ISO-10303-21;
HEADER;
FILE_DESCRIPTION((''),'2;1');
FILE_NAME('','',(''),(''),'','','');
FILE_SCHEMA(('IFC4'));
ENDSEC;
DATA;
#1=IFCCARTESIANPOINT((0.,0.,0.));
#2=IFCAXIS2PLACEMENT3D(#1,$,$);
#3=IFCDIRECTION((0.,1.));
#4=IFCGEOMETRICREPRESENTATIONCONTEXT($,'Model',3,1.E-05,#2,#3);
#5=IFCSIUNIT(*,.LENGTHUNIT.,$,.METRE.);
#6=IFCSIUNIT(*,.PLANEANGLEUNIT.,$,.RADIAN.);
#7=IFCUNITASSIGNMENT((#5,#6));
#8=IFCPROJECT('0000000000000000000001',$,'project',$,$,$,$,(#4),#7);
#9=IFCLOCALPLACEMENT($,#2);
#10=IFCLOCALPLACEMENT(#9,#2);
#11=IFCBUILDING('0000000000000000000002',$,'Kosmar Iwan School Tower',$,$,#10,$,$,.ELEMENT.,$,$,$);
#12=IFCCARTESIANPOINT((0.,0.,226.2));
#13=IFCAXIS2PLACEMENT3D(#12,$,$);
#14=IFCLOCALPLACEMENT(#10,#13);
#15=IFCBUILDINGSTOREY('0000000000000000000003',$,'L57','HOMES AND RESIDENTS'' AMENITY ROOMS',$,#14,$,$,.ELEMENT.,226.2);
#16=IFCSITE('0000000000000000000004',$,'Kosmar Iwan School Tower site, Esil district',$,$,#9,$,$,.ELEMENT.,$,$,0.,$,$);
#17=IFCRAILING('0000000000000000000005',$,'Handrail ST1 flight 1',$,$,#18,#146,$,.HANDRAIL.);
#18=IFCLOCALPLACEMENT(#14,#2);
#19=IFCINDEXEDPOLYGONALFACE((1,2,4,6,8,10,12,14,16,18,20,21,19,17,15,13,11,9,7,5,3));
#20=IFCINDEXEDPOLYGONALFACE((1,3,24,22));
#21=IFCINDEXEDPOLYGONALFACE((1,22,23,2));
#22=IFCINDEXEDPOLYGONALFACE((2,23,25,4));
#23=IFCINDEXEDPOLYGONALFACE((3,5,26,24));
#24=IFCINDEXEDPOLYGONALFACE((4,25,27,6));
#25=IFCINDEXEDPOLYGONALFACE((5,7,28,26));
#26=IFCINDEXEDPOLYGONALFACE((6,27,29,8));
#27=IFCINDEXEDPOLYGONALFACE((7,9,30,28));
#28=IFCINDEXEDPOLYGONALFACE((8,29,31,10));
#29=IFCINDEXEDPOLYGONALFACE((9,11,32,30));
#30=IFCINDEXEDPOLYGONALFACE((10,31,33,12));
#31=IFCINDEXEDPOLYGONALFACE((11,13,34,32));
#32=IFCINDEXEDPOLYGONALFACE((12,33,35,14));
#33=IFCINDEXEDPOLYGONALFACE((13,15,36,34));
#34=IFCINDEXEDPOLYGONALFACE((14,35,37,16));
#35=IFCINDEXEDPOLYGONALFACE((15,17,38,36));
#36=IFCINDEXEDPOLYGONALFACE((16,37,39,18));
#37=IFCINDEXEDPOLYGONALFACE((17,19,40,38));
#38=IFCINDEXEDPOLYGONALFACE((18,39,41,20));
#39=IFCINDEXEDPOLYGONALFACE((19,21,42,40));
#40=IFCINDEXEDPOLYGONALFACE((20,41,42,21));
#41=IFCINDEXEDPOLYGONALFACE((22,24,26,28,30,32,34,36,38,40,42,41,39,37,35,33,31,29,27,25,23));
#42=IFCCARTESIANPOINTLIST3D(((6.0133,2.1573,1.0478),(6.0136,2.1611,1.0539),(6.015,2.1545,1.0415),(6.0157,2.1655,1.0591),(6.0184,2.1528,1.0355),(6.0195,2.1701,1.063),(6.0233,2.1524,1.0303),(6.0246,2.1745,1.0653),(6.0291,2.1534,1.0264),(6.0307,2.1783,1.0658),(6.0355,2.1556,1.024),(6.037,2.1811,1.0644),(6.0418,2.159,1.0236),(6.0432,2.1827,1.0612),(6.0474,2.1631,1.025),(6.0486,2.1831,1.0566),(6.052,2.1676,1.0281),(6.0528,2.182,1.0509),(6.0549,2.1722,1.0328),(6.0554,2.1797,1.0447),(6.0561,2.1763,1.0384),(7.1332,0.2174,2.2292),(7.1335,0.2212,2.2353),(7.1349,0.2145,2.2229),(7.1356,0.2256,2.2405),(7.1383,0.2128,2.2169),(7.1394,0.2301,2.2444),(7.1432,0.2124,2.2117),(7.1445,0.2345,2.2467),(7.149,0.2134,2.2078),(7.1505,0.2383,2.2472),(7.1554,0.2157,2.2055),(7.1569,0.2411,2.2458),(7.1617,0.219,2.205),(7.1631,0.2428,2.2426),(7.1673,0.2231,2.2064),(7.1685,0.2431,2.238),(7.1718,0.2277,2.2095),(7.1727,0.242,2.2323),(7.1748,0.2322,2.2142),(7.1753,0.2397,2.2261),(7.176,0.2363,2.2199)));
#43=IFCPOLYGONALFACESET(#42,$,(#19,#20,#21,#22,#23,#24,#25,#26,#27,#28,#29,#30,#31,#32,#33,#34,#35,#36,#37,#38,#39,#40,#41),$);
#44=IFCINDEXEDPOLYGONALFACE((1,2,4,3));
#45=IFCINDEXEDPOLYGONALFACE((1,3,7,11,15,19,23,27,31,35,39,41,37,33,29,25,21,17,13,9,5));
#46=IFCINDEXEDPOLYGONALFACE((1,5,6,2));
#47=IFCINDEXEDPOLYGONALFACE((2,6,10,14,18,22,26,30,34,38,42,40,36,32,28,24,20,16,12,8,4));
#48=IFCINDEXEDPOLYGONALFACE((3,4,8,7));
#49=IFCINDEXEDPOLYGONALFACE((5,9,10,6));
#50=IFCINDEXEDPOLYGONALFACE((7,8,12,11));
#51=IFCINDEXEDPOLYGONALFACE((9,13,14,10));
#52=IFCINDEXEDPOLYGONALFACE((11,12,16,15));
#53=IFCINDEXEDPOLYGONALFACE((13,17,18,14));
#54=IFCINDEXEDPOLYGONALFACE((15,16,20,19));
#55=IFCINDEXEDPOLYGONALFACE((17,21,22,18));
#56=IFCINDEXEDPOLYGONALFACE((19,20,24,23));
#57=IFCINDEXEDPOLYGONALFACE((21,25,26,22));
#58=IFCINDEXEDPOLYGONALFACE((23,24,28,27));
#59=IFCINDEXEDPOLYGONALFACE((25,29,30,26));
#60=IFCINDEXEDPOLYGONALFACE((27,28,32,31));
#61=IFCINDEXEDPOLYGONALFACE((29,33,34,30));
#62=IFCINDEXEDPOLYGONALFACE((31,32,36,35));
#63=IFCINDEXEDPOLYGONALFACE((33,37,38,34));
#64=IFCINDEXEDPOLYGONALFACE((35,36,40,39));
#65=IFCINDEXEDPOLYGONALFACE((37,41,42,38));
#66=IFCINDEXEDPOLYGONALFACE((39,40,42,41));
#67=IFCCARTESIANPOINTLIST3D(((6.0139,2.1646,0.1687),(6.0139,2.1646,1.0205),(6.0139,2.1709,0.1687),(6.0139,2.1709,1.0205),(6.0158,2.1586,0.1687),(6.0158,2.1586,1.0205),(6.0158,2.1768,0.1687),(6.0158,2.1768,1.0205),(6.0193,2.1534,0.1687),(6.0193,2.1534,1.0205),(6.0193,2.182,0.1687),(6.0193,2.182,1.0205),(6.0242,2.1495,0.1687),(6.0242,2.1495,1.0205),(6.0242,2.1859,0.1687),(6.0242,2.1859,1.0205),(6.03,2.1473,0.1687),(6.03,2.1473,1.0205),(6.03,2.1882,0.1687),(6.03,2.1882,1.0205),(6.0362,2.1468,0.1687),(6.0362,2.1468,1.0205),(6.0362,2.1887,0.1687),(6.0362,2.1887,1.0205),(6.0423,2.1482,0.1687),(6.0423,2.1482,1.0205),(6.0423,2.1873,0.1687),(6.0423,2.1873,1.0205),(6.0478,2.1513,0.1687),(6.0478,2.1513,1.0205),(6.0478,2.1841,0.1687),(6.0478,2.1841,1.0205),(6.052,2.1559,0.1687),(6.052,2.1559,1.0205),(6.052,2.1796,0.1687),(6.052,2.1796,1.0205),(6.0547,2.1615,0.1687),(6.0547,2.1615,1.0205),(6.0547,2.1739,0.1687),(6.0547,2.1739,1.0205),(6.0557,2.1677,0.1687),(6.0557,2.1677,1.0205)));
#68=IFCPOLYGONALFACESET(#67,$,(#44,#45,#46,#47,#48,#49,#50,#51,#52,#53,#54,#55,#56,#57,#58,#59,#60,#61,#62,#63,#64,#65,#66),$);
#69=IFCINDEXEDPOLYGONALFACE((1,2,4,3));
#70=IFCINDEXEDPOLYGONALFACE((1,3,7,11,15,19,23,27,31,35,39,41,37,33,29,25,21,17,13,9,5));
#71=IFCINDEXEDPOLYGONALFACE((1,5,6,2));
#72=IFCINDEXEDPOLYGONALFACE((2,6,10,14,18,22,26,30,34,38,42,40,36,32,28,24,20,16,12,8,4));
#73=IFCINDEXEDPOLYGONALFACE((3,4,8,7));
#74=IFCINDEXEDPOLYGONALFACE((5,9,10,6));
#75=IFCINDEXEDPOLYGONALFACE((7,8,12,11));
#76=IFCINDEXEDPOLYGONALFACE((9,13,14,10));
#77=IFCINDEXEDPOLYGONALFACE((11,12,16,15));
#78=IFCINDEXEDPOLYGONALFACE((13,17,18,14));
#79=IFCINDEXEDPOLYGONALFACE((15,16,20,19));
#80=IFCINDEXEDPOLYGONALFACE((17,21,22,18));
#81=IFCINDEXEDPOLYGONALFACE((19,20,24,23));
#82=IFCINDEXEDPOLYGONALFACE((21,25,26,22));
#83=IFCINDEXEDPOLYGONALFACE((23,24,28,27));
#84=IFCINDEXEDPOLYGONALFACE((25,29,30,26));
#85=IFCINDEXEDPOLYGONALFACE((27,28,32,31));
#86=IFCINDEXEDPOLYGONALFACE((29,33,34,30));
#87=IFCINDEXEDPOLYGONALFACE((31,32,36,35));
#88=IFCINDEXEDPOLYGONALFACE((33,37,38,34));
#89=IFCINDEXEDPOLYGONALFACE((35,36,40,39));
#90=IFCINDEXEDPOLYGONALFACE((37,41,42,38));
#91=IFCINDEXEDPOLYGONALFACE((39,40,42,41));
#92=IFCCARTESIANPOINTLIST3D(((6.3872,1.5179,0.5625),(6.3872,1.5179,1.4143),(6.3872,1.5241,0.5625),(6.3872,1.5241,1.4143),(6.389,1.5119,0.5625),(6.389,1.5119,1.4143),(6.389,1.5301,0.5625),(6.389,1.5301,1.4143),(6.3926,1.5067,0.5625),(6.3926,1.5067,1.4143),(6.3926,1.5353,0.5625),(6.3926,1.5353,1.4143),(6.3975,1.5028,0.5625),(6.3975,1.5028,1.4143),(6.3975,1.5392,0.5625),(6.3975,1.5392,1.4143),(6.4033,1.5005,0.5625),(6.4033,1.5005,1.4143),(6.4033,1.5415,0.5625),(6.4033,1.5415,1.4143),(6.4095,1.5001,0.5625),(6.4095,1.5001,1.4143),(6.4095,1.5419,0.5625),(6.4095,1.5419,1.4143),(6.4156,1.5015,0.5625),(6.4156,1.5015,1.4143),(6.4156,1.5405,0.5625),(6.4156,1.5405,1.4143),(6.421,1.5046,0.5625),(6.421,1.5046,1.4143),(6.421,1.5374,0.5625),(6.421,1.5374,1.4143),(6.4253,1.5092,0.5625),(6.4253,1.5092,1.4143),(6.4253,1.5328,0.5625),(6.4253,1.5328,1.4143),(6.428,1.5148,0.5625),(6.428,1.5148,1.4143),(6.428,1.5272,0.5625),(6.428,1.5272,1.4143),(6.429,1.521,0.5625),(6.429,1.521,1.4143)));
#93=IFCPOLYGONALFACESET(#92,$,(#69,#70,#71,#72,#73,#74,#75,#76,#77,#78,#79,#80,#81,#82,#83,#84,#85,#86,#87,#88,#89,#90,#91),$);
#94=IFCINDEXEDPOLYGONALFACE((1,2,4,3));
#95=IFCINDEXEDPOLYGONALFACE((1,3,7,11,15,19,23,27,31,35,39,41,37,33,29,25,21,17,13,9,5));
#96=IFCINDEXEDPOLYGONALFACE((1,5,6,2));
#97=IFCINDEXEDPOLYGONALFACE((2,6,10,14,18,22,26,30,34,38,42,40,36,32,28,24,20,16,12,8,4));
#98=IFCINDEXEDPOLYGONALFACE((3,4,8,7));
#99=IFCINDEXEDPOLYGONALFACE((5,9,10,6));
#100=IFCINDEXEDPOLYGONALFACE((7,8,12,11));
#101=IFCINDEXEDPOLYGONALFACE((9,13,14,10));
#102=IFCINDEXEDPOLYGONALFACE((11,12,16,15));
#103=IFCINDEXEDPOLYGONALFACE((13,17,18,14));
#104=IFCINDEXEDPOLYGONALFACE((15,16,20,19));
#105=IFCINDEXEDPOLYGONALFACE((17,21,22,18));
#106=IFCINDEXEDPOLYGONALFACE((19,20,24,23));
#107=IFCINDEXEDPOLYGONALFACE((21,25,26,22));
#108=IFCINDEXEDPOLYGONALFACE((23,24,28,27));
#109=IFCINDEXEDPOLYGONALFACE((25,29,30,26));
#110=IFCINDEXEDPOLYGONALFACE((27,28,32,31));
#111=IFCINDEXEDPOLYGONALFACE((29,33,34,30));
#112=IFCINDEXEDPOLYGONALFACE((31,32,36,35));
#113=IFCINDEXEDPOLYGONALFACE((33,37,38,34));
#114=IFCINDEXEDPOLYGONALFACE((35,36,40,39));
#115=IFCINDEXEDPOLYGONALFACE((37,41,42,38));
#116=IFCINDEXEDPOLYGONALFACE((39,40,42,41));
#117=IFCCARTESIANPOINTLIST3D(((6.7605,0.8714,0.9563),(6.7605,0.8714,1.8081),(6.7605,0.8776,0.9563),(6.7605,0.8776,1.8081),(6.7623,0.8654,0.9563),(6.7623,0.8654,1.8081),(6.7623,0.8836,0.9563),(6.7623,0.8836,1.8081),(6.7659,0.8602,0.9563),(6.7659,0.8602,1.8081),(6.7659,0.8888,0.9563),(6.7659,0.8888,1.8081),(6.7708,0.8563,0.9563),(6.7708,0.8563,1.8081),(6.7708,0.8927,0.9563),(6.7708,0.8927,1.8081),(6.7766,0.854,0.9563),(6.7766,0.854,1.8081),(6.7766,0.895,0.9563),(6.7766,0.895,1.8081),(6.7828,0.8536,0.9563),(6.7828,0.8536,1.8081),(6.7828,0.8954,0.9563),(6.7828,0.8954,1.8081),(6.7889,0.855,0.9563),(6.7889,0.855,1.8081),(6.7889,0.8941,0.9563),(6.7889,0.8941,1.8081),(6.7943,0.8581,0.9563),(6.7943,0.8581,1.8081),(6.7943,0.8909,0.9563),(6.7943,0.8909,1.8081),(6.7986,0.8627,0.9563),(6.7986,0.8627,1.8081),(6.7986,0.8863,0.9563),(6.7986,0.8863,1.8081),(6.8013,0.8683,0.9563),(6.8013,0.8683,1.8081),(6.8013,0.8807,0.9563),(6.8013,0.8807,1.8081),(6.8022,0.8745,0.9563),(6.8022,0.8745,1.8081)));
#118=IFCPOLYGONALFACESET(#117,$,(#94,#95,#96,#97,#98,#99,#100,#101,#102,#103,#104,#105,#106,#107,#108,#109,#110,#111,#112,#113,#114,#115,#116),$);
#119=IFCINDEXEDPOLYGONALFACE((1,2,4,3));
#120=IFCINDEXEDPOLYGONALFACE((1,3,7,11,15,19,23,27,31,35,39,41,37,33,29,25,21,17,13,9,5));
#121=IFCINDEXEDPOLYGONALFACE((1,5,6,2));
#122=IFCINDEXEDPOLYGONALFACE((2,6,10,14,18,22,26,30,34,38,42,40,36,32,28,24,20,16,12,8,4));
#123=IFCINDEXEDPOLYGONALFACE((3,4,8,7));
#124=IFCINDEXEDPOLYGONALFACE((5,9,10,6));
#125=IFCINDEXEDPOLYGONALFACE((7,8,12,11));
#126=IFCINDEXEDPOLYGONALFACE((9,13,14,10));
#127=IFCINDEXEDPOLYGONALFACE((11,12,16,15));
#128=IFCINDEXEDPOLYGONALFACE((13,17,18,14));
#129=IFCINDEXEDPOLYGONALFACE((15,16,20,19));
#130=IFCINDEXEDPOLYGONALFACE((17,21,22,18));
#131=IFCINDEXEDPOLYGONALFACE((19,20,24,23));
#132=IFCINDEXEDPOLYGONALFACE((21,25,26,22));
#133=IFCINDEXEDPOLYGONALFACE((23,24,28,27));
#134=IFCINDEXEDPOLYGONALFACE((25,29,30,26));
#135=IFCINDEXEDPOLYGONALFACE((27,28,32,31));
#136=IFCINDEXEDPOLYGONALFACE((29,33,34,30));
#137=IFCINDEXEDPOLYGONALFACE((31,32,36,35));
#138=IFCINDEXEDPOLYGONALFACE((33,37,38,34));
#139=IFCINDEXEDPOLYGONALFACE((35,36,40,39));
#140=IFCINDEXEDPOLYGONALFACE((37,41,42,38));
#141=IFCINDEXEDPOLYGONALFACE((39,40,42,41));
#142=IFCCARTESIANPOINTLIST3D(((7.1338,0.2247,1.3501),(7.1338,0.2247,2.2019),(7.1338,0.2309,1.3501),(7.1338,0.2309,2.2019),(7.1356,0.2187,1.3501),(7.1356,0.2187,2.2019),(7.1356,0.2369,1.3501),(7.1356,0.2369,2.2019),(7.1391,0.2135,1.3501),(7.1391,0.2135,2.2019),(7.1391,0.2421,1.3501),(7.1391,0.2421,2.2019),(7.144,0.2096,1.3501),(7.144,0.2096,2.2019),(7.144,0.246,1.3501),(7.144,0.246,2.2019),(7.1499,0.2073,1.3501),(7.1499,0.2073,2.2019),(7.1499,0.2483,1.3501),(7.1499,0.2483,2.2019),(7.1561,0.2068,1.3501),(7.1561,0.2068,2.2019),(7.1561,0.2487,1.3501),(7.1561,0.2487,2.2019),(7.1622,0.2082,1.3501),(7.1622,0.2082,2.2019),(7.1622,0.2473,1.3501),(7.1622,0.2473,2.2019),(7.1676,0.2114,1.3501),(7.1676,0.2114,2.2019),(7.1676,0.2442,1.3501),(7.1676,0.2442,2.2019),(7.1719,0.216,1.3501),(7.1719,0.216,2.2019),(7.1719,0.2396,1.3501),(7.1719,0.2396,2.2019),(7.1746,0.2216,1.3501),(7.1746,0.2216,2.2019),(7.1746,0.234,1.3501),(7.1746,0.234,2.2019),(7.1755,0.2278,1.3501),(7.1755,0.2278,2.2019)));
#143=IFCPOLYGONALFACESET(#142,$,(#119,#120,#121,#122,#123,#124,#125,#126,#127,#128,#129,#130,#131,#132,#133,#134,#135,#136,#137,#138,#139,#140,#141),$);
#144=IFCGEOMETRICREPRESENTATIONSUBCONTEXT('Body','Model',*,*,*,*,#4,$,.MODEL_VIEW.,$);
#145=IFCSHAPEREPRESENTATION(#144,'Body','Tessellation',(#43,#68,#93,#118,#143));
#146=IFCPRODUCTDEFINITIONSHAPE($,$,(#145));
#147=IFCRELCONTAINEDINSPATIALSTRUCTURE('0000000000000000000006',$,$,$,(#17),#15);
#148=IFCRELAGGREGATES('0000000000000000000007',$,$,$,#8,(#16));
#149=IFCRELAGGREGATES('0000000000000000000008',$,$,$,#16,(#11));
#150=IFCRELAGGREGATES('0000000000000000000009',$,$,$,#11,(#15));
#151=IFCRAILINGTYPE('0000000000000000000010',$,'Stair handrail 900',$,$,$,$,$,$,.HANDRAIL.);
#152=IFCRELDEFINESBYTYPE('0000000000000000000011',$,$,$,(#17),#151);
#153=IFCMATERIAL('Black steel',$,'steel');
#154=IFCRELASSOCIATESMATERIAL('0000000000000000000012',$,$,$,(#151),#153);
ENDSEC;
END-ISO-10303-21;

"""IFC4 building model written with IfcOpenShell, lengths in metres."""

from ifc_helpers import new_model, si_unit, direction, frame, origin, origin_2d, place, context, subcontext, project, spatial, circle, extrude, material, type_object, element, save


model = new_model("IFC4")

# Units and contexts
model_context = context("Model", 3, precision=1e-05, world=origin(), true_north=direction((0.0, 1.0)))
body_context = subcontext(model_context, "Body", "Model", "MODEL_VIEW")
ifc_project = project(units=[si_unit("LENGTHUNIT", "METRE"), si_unit("PLANEANGLEUNIT", "RADIAN")], contexts=[model_context])

# Site, building, storey
site_placement = place(None, origin())
site = spatial("IfcSite", under=ifc_project, at=site_placement, Name="Kosmar Iwan School Tower site, Esil district", CompositionType="ELEMENT", RefElevation=0.0)
building_placement = place(site_placement, origin())
building = spatial("IfcBuilding", under=site, at=building_placement, Name="Kosmar Iwan School Tower", CompositionType="ELEMENT")
storey_placement = place(building_placement, frame((0.0, 0.0, 226.2)))
storey = spatial("IfcBuildingStorey", under=building, at=storey_placement, Name="L57", Description="HOMES AND RESIDENTS' AMENITY ROOMS", CompositionType="ELEMENT", Elevation=226.2)

# Railing
ifc_material_1 = material(Name="Black steel", Category="steel")
railing_type = type_object("IfcRailingType", Name="Stair handrail 900", PredefinedType="HANDRAIL", material=ifc_material_1)
railing_1_placement = place(storey_placement, frame((6.0347, 2.1677, 0.1687)))
element("IfcRailing", 1, at=railing_1_placement, inside=storey, type_object=railing_type, Name="Handrail ST1 flight 1", PredefinedType="HANDRAIL", context=body_context, shape_type="SweptSolid", body=[
    extrude(circle(Radius=0.0239, at=origin_2d()), frame((0.0, 0.0, 0.876), z_axis=(0.442213, -0.76604, 0.466508), x_axis=(0.866055, 0.499949, 0.0)), (0.0, 0.0, 1.0), 2.5325),
    extrude(circle(Radius=0.021, at=origin_2d()), origin(), (0.0, 0.0, 1.0), 0.8518),
    extrude(circle(Radius=0.021, at=origin_2d()), frame((0.3733, -0.6467, 0.3938)), (0.0, 0.0, 1.0), 0.8518),
    extrude(circle(Radius=0.021, at=origin_2d()), frame((0.7466, -1.2932, 0.7876)), (0.0, 0.0, 1.0), 0.8518),
    extrude(circle(Radius=0.021, at=origin_2d()), frame((1.1199, -1.9399, 1.1814)), (0.0, 0.0, 1.0), 0.8518),
])

save(model, "model.ifc")
